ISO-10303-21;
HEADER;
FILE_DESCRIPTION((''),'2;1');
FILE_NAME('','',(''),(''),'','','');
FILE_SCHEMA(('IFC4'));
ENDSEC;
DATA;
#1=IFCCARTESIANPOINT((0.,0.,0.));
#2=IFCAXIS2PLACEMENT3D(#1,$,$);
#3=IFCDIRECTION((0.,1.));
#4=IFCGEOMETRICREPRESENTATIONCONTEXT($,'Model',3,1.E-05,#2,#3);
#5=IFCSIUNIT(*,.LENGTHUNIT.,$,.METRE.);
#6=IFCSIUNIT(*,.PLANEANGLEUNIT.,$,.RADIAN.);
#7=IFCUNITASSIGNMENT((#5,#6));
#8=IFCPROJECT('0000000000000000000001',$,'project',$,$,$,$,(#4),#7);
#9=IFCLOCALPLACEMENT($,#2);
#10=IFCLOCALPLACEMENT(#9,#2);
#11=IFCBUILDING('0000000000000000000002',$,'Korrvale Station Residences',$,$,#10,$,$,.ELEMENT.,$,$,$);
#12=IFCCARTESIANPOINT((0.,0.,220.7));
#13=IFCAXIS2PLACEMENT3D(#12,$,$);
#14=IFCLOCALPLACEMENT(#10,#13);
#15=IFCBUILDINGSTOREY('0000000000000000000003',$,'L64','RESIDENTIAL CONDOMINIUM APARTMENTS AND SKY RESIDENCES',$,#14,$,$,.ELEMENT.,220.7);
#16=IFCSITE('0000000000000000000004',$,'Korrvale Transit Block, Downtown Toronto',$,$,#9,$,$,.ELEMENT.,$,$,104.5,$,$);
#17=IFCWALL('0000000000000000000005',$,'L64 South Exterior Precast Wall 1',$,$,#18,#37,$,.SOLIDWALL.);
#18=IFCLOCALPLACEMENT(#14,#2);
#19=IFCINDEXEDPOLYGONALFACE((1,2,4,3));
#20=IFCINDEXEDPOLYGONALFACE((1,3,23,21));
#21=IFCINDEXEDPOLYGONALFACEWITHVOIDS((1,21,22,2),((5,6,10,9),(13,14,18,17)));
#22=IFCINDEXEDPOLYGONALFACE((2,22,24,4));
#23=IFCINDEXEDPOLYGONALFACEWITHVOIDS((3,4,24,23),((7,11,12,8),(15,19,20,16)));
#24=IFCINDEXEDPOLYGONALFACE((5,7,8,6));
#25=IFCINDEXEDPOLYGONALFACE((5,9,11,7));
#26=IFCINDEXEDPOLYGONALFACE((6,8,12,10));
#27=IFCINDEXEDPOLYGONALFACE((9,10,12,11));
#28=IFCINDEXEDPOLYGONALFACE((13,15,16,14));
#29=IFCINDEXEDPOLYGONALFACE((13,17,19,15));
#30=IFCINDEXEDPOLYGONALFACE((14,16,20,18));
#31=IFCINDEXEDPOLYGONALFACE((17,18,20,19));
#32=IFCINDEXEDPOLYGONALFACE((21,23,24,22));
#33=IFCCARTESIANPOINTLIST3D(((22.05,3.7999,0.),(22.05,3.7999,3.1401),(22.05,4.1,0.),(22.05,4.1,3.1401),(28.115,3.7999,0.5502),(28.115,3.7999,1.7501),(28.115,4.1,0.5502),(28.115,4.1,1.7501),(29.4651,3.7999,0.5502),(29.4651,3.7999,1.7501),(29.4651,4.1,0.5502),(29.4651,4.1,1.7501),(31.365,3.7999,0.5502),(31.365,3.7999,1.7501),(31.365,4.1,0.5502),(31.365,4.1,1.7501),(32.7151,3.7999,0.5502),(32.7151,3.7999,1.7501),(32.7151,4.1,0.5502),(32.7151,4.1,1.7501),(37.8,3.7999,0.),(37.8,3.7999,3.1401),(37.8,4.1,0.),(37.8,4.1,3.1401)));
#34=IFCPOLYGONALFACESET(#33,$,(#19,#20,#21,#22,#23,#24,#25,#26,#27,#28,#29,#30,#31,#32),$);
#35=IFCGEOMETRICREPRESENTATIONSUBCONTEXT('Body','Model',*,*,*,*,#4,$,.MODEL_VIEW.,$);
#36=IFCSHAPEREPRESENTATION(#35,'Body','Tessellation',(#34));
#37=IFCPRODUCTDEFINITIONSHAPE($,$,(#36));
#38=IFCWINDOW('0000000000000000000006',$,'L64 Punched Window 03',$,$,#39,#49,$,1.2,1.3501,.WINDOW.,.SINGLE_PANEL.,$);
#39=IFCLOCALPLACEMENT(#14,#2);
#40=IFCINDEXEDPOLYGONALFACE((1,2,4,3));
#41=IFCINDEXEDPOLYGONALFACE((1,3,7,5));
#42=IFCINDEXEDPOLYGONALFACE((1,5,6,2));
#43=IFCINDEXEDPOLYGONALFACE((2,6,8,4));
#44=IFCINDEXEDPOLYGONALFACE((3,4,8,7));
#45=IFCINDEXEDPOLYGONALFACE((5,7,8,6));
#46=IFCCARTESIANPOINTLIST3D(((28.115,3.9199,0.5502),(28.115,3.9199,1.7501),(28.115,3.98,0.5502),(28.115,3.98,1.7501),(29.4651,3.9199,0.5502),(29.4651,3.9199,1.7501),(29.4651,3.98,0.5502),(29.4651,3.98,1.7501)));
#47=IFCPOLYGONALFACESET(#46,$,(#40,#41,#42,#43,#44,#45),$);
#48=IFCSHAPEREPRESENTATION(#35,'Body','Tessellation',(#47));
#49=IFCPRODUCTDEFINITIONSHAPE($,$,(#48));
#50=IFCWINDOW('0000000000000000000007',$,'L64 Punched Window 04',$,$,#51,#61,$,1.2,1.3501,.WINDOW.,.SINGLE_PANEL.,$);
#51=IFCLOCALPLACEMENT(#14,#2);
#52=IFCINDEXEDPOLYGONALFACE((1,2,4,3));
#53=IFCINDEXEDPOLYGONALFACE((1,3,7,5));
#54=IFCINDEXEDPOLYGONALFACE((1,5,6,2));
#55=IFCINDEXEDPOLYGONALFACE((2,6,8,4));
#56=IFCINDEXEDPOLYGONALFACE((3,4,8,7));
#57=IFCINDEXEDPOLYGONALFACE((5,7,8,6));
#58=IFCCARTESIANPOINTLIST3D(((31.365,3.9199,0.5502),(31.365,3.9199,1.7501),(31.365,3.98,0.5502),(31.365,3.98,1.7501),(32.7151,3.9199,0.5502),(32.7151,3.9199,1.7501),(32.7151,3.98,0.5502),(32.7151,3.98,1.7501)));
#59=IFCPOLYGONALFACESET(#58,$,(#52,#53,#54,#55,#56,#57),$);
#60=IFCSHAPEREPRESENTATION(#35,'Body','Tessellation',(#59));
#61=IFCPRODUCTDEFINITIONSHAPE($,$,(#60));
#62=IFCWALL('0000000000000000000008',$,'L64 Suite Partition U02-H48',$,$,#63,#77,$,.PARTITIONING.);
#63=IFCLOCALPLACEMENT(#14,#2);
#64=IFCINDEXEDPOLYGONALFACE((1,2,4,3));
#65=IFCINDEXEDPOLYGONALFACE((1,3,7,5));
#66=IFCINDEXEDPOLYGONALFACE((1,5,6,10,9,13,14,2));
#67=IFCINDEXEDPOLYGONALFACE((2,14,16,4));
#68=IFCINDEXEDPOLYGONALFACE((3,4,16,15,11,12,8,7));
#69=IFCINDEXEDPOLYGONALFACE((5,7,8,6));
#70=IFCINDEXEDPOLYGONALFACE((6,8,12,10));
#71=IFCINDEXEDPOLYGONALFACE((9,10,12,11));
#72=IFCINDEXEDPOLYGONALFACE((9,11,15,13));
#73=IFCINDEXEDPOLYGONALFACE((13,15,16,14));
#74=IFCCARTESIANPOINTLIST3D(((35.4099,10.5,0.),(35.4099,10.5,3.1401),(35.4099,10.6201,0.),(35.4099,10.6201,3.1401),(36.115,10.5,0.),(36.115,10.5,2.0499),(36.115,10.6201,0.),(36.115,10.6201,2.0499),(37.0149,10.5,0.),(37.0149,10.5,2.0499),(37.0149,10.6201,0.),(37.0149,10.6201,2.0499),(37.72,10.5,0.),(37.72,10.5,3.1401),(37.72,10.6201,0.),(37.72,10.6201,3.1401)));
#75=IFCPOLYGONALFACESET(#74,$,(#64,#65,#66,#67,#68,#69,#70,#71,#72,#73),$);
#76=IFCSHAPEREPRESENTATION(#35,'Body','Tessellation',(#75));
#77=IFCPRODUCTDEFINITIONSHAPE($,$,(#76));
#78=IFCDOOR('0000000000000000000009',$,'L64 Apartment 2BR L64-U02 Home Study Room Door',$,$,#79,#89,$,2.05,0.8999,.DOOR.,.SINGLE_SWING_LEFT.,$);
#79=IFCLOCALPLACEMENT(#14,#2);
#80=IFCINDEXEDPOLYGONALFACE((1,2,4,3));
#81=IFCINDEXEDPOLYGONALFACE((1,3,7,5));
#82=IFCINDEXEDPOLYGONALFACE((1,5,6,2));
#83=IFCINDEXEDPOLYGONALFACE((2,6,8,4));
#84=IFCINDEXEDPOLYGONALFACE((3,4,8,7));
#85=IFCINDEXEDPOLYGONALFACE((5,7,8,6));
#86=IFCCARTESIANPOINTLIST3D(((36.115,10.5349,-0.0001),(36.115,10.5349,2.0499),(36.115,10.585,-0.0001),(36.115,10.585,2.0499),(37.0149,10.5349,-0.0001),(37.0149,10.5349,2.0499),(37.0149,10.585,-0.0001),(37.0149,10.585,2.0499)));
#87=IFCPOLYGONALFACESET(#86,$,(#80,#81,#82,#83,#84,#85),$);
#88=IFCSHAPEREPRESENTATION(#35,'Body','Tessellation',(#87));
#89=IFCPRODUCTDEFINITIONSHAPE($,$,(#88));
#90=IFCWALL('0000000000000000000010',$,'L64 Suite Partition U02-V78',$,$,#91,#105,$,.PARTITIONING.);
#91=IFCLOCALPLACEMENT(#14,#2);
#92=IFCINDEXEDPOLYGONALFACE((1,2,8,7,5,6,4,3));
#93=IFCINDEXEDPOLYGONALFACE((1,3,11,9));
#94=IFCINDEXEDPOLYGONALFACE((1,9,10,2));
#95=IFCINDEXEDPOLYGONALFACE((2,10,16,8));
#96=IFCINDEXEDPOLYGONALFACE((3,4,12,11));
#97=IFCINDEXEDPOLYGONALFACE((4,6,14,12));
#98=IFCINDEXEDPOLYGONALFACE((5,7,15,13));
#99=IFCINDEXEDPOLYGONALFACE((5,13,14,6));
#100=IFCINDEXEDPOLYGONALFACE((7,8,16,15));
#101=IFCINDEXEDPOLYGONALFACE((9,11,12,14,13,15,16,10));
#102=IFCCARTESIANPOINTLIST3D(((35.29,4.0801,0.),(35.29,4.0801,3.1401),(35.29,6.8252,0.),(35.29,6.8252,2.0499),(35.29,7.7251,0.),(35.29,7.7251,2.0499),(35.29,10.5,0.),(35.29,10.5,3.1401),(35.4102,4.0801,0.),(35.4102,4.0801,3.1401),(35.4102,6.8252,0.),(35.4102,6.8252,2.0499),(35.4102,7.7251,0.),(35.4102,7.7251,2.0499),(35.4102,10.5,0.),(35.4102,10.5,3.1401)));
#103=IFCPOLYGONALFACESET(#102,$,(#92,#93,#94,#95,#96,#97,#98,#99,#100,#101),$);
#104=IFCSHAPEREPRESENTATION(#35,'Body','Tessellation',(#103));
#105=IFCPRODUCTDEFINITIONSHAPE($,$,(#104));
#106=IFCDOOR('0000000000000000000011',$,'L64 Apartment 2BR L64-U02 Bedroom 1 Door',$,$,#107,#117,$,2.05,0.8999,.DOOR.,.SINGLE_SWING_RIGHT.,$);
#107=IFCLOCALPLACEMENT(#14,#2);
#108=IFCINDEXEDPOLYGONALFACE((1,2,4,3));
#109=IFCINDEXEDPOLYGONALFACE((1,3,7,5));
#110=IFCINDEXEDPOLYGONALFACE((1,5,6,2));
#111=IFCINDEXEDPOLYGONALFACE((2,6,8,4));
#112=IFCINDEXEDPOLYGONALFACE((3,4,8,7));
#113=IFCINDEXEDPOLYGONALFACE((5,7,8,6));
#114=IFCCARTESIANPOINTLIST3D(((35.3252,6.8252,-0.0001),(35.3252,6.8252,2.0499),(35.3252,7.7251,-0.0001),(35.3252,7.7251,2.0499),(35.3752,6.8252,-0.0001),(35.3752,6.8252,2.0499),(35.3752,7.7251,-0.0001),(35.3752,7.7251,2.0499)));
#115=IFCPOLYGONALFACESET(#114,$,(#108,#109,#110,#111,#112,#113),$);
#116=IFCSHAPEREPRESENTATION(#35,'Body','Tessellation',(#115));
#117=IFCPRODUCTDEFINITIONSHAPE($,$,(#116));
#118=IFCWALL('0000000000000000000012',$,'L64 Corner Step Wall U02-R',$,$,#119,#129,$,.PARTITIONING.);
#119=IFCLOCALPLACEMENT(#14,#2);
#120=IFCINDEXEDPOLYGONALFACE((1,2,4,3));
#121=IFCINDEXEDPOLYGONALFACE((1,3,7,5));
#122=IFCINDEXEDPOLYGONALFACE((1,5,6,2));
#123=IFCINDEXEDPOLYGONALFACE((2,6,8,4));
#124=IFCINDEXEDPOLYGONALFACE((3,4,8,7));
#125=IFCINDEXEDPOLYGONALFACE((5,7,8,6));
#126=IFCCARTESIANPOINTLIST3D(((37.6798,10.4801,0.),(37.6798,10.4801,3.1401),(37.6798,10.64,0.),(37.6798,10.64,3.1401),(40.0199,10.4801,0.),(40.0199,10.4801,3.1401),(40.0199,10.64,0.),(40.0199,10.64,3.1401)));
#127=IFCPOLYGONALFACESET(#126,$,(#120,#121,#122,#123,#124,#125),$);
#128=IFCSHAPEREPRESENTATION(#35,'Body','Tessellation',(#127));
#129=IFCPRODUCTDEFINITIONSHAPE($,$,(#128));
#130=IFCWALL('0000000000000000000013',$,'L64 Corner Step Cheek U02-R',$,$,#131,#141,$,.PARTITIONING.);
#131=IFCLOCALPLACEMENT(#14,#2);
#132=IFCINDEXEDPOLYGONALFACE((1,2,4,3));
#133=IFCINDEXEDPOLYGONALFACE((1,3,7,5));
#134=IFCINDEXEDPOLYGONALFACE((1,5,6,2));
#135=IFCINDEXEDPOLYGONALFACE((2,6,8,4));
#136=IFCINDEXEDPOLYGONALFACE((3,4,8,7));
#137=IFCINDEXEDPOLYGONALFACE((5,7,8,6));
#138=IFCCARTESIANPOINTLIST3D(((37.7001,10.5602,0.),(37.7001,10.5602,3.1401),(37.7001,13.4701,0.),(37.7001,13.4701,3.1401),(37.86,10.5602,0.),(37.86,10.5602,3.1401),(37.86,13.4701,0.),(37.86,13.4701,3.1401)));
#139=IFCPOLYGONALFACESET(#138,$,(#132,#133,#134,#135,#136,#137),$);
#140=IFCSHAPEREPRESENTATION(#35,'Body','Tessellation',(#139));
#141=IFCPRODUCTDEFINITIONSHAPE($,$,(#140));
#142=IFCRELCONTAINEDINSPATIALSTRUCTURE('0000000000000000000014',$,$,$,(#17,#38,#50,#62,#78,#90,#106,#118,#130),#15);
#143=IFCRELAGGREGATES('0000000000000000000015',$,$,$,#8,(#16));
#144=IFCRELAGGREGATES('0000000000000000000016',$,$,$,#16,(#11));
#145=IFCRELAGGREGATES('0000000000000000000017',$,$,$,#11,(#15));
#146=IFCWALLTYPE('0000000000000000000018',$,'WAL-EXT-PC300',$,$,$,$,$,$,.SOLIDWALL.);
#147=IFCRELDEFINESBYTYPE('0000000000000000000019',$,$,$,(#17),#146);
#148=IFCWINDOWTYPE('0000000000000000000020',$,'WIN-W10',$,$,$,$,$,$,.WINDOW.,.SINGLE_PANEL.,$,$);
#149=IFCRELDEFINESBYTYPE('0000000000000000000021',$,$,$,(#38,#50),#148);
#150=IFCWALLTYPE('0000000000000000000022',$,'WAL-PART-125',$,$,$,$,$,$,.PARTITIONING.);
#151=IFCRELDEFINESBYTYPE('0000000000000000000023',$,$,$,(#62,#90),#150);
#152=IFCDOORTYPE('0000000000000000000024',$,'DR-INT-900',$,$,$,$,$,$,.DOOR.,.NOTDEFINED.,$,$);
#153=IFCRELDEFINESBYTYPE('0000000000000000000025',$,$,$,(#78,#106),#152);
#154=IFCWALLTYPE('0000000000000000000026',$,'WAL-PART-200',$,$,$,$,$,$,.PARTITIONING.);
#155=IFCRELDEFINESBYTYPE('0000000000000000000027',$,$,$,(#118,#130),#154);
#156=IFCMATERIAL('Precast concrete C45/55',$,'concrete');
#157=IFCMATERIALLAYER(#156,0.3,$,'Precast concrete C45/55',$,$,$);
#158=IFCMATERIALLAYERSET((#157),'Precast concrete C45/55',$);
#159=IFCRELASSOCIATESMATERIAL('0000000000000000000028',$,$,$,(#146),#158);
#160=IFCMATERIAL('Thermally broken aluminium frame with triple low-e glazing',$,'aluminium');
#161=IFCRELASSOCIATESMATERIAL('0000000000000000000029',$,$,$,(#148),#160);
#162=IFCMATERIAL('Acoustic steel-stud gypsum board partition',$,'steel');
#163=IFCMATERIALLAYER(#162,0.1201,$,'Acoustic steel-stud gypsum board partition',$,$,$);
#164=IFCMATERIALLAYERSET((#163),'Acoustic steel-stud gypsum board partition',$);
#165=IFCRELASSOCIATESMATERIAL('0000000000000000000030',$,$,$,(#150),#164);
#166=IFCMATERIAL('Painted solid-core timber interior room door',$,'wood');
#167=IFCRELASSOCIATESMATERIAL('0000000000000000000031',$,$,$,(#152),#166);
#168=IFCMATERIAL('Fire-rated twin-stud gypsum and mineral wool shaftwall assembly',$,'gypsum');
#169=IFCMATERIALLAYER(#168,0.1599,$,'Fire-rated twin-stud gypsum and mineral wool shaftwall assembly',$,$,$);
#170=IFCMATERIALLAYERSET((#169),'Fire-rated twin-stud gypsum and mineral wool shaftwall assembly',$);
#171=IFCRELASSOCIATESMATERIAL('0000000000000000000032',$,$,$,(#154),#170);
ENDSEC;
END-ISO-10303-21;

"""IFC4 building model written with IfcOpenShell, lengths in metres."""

from ifc_helpers import new_model, si_unit, direction, frame, frame_2d, origin, place, context, subcontext, project, spatial, rectangle, extrude, material, layer, layer_set, type_object, element, fill, save


model = new_model("IFC4")

# Units and contexts
model_context = context("Model", 3, precision=1e-05, world=origin(), true_north=direction((0.0, 1.0)))
body_context = subcontext(model_context, "Body", "Model", "MODEL_VIEW")
ifc_project = project(units=[si_unit("LENGTHUNIT", "METRE"), si_unit("PLANEANGLEUNIT", "RADIAN")], contexts=[model_context])

# Site, building, storey
site_placement = place(None, origin())
site = spatial("IfcSite", under=ifc_project, at=site_placement, Name="Korrvale Transit Block, Downtown Toronto", CompositionType="ELEMENT", RefElevation=104.5)
building_placement = place(site_placement, origin())
building = spatial("IfcBuilding", under=site, at=building_placement, Name="Korrvale Station Residences", CompositionType="ELEMENT")
storey_placement = place(building_placement, frame((0.0, 0.0, 220.7)))
storey = spatial("IfcBuildingStorey", under=building, at=storey_placement, Name="L64", Description="RESIDENTIAL CONDOMINIUM APARTMENTS AND SKY RESIDENCES", CompositionType="ELEMENT", Elevation=220.7)

# Shared definitions
ifc_material_1 = material(Name="Precast concrete C45/55", Category="concrete")

# Wall, openings, windows
ifc_layer_1 = layer(ifc_material_1, 0.3, Name="Precast concrete C45/55")
ifc_layer_set_1 = layer_set([ifc_layer_1], Name="Precast concrete C45/55")
wall_type_1 = type_object("IfcWallType", Name="WAL-EXT-PC300", PredefinedType="SOLIDWALL", material=ifc_layer_set_1)
wall_1_placement = place(storey_placement, frame((37.8, 3.95, 0.0), z_axis=(0.0, 0.0, 1.0), x_axis=(-1.0, 0.0, 0.0)))
wall_1 = element("IfcWall", 1, at=wall_1_placement, inside=storey, type_object=wall_type_1, Name="L64 South Exterior Precast Wall 1", PredefinedType="SOLIDWALL", context=body_context, shape_type="SweptSolid", body=[
    extrude(rectangle(XDim=15.75, YDim=0.3, at=frame_2d((7.875, 0.0))), origin(), (0.0, 0.0, 1.0), 3.1401),
])
opening_1_placement = place(wall_1_placement, frame((8.335, 0.0, 0.55)))
opening_1 = element("IfcOpeningElement", 2, at=opening_1_placement, cuts=wall_1, PredefinedType="OPENING", context=body_context, shape_type="SweptSolid", body=[
    extrude(rectangle(XDim=1.3501, YDim=1.2, at=frame_2d((0.675, 0.6001))), frame((0.0, 0.1602, 0.0), z_axis=(0.0, -1.0, 0.0), x_axis=(1.0, 0.0, 0.0)), (0.0, 0.0, 1.0), 0.3201),
])
opening_2_placement = place(wall_1_placement, frame((5.085, 0.0, 0.55)))
opening_2 = element("IfcOpeningElement", 3, at=opening_2_placement, cuts=wall_1, PredefinedType="OPENING", context=body_context, shape_type="SweptSolid", body=[
    extrude(rectangle(XDim=1.3501, YDim=1.2, at=frame_2d((0.675, 0.6001))), frame((0.0, 0.1602, 0.0), z_axis=(0.0, -1.0, 0.0), x_axis=(1.0, 0.0, 0.0)), (0.0, 0.0, 1.0), 0.3201),
])
ifc_material_2 = material(Name="Thermally broken aluminium frame with triple low-e glazing", Category="aluminium")
window_type = type_object("IfcWindowType", Name="WIN-W10", PartitioningType="SINGLE_PANEL", PredefinedType="WINDOW", material=ifc_material_2)
window_1_placement = place(opening_1_placement, origin())
window_1 = element("IfcWindow", 4, at=window_1_placement, inside=storey, type_object=window_type, Name="L64 Punched Window 03", OverallHeight=1.2, OverallWidth=1.3501, PartitioningType="SINGLE_PANEL", PredefinedType="WINDOW", context=body_context, shape_type="SweptSolid", body=[
    extrude(rectangle(XDim=1.3501, YDim=1.2, at=frame_2d((0.675, 0.6001))), frame((0.0, 0.03, 0.0), z_axis=(0.0, -1.0, 0.0), x_axis=(1.0, 0.0, 0.0)), (0.0, 0.0, 1.0), 0.0601),
])
fill(opening_1, window_1)
window_2_placement = place(opening_2_placement, origin())
window_2 = element("IfcWindow", 5, at=window_2_placement, inside=storey, type_object=window_type, Name="L64 Punched Window 04", OverallHeight=1.2, OverallWidth=1.3501, PartitioningType="SINGLE_PANEL", PredefinedType="WINDOW", context=body_context, shape_type="SweptSolid", body=[
    extrude(rectangle(XDim=1.3501, YDim=1.2, at=frame_2d((0.675, 0.6001))), frame((0.0, 0.03, 0.0), z_axis=(0.0, -1.0, 0.0), x_axis=(1.0, 0.0, 0.0)), (0.0, 0.0, 1.0), 0.0601),
])
fill(opening_2, window_2)

# Walls, openings, doors
ifc_material_3 = material(Name="Acoustic steel-stud gypsum board partition", Category="steel")
ifc_layer_2 = layer(ifc_material_3, 0.1201, Name="Acoustic steel-stud gypsum board partition")
ifc_layer_set_2 = layer_set([ifc_layer_2], Name="Acoustic steel-stud gypsum board partition")
wall_type_2 = type_object("IfcWallType", Name="WAL-PART-125", PredefinedType="PARTITIONING", material=ifc_layer_set_2)
wall_2_placement = place(storey_placement, frame((35.4099, 10.5601, 0.0), z_axis=(0.0, 0.0, 1.0), x_axis=(1.0, 0.0, 0.0)))
wall_2 = element("IfcWall", 6, at=wall_2_placement, inside=storey, type_object=wall_type_2, Name="L64 Suite Partition U02-H48", PredefinedType="PARTITIONING", context=body_context, shape_type="SweptSolid", body=[
    extrude(rectangle(XDim=2.3101, YDim=0.1201, at=frame_2d((1.155, 0.0))), origin(), (0.0, 0.0, 1.0), 3.1401),
])
opening_3_placement = place(wall_2_placement, frame((0.7051, 0.0, 0.0)))
opening_3 = element("IfcOpeningElement", 7, at=opening_3_placement, cuts=wall_2, PredefinedType="OPENING", context=body_context, shape_type="SweptSolid", body=[
    extrude(rectangle(XDim=0.8999, YDim=2.05, at=frame_2d((0.45, 1.0249))), frame((0.0, 0.0701, 0.0), z_axis=(0.0, -1.0, 0.0), x_axis=(1.0, 0.0, 0.0)), (0.0, 0.0, 1.0), 0.1401),
])
ifc_material_4 = material(Name="Painted solid-core timber interior room door", Category="wood")
door_type = type_object("IfcDoorType", Name="DR-INT-900", OperationType="NOTDEFINED", PredefinedType="DOOR", material=ifc_material_4)
door_1_placement = place(opening_3_placement, origin())
door_1 = element("IfcDoor", 8, at=door_1_placement, inside=storey, type_object=door_type, Name="L64 Apartment 2BR L64-U02 Home Study Room Door", OperationType="SINGLE_SWING_LEFT", OverallHeight=2.05, OverallWidth=0.8999, PredefinedType="DOOR", context=body_context, shape_type="SweptSolid", body=[
    extrude(rectangle(XDim=0.8999, YDim=2.05, at=frame_2d((0.45, 1.0249))), frame((0.0, 0.0249, 0.0), z_axis=(0.0, -1.0, 0.0), x_axis=(1.0, 0.0, 0.0)), (0.0, 0.0, 1.0), 0.05),
])
fill(opening_3, door_1)
wall_3_placement = place(storey_placement, frame((35.3501, 4.0801, 0.0), z_axis=(0.0, 0.0, 1.0), x_axis=(0.0, 1.0, 0.0)))
wall_3 = element("IfcWall", 9, at=wall_3_placement, inside=storey, type_object=wall_type_2, Name="L64 Suite Partition U02-V78", PredefinedType="PARTITIONING", context=body_context, shape_type="SweptSolid", body=[
    extrude(rectangle(XDim=6.4199, YDim=0.1201, at=frame_2d((3.21, 0.0))), origin(), (0.0, 0.0, 1.0), 3.1401),
])
opening_4_placement = place(wall_3_placement, frame((2.7451, 0.0, 0.0)))
opening_4 = element("IfcOpeningElement", 10, at=opening_4_placement, cuts=wall_3, PredefinedType="OPENING", context=body_context, shape_type="SweptSolid", body=[
    extrude(rectangle(XDim=0.8999, YDim=2.05, at=frame_2d((0.45, 1.0249))), frame((0.0, 0.0701, 0.0), z_axis=(0.0, -1.0, 0.0), x_axis=(1.0, 0.0, 0.0)), (0.0, 0.0, 1.0), 0.1401),
])
door_2_placement = place(opening_4_placement, origin())
door_2 = element("IfcDoor", 11, at=door_2_placement, inside=storey, type_object=door_type, Name="L64 Apartment 2BR L64-U02 Bedroom 1 Door", OperationType="SINGLE_SWING_RIGHT", OverallHeight=2.05, OverallWidth=0.8999, PredefinedType="DOOR", context=body_context, shape_type="SweptSolid", body=[
    extrude(rectangle(XDim=0.8999, YDim=2.05, at=frame_2d((0.45, 1.0249))), frame((0.0, 0.0249, 0.0), z_axis=(0.0, -1.0, 0.0), x_axis=(1.0, 0.0, 0.0)), (0.0, 0.0, 1.0), 0.05),
])
fill(opening_4, door_2)

# Walls
ifc_material_5 = material(Name="Fire-rated twin-stud gypsum and mineral wool shaftwall assembly", Category="gypsum")
ifc_layer_3 = layer(ifc_material_5, 0.1599, Name="Fire-rated twin-stud gypsum and mineral wool shaftwall assembly")
ifc_layer_set_3 = layer_set([ifc_layer_3], Name="Fire-rated twin-stud gypsum and mineral wool shaftwall assembly")
wall_type_3 = type_object("IfcWallType", Name="WAL-PART-200", PredefinedType="PARTITIONING", material=ifc_layer_set_3)
wall_4_placement = place(storey_placement, frame((37.6799, 10.5601, 0.0), z_axis=(0.0, 0.0, 1.0), x_axis=(1.0, 0.0, 0.0)))
element("IfcWall", 12, at=wall_4_placement, inside=storey, type_object=wall_type_3, Name="L64 Corner Step Wall U02-R", PredefinedType="PARTITIONING", context=body_context, shape_type="SweptSolid", body=[
    extrude(rectangle(XDim=2.3401, YDim=0.1599, at=frame_2d((1.1699, 0.0))), origin(), (0.0, 0.0, 1.0), 3.1401),
])
wall_5_placement = place(storey_placement, frame((37.78, 10.5601, 0.0), z_axis=(0.0, 0.0, 1.0), x_axis=(0.0, 1.0, 0.0)))
element("IfcWall", 13, at=wall_5_placement, inside=storey, type_object=wall_type_3, Name="L64 Corner Step Cheek U02-R", PredefinedType="PARTITIONING", context=body_context, shape_type="SweptSolid", body=[
    extrude(rectangle(XDim=2.9099, YDim=0.1599, at=frame_2d((1.4551, 0.0))), origin(), (0.0, 0.0, 1.0), 3.1401),
])

save(model, "model.ifc")
